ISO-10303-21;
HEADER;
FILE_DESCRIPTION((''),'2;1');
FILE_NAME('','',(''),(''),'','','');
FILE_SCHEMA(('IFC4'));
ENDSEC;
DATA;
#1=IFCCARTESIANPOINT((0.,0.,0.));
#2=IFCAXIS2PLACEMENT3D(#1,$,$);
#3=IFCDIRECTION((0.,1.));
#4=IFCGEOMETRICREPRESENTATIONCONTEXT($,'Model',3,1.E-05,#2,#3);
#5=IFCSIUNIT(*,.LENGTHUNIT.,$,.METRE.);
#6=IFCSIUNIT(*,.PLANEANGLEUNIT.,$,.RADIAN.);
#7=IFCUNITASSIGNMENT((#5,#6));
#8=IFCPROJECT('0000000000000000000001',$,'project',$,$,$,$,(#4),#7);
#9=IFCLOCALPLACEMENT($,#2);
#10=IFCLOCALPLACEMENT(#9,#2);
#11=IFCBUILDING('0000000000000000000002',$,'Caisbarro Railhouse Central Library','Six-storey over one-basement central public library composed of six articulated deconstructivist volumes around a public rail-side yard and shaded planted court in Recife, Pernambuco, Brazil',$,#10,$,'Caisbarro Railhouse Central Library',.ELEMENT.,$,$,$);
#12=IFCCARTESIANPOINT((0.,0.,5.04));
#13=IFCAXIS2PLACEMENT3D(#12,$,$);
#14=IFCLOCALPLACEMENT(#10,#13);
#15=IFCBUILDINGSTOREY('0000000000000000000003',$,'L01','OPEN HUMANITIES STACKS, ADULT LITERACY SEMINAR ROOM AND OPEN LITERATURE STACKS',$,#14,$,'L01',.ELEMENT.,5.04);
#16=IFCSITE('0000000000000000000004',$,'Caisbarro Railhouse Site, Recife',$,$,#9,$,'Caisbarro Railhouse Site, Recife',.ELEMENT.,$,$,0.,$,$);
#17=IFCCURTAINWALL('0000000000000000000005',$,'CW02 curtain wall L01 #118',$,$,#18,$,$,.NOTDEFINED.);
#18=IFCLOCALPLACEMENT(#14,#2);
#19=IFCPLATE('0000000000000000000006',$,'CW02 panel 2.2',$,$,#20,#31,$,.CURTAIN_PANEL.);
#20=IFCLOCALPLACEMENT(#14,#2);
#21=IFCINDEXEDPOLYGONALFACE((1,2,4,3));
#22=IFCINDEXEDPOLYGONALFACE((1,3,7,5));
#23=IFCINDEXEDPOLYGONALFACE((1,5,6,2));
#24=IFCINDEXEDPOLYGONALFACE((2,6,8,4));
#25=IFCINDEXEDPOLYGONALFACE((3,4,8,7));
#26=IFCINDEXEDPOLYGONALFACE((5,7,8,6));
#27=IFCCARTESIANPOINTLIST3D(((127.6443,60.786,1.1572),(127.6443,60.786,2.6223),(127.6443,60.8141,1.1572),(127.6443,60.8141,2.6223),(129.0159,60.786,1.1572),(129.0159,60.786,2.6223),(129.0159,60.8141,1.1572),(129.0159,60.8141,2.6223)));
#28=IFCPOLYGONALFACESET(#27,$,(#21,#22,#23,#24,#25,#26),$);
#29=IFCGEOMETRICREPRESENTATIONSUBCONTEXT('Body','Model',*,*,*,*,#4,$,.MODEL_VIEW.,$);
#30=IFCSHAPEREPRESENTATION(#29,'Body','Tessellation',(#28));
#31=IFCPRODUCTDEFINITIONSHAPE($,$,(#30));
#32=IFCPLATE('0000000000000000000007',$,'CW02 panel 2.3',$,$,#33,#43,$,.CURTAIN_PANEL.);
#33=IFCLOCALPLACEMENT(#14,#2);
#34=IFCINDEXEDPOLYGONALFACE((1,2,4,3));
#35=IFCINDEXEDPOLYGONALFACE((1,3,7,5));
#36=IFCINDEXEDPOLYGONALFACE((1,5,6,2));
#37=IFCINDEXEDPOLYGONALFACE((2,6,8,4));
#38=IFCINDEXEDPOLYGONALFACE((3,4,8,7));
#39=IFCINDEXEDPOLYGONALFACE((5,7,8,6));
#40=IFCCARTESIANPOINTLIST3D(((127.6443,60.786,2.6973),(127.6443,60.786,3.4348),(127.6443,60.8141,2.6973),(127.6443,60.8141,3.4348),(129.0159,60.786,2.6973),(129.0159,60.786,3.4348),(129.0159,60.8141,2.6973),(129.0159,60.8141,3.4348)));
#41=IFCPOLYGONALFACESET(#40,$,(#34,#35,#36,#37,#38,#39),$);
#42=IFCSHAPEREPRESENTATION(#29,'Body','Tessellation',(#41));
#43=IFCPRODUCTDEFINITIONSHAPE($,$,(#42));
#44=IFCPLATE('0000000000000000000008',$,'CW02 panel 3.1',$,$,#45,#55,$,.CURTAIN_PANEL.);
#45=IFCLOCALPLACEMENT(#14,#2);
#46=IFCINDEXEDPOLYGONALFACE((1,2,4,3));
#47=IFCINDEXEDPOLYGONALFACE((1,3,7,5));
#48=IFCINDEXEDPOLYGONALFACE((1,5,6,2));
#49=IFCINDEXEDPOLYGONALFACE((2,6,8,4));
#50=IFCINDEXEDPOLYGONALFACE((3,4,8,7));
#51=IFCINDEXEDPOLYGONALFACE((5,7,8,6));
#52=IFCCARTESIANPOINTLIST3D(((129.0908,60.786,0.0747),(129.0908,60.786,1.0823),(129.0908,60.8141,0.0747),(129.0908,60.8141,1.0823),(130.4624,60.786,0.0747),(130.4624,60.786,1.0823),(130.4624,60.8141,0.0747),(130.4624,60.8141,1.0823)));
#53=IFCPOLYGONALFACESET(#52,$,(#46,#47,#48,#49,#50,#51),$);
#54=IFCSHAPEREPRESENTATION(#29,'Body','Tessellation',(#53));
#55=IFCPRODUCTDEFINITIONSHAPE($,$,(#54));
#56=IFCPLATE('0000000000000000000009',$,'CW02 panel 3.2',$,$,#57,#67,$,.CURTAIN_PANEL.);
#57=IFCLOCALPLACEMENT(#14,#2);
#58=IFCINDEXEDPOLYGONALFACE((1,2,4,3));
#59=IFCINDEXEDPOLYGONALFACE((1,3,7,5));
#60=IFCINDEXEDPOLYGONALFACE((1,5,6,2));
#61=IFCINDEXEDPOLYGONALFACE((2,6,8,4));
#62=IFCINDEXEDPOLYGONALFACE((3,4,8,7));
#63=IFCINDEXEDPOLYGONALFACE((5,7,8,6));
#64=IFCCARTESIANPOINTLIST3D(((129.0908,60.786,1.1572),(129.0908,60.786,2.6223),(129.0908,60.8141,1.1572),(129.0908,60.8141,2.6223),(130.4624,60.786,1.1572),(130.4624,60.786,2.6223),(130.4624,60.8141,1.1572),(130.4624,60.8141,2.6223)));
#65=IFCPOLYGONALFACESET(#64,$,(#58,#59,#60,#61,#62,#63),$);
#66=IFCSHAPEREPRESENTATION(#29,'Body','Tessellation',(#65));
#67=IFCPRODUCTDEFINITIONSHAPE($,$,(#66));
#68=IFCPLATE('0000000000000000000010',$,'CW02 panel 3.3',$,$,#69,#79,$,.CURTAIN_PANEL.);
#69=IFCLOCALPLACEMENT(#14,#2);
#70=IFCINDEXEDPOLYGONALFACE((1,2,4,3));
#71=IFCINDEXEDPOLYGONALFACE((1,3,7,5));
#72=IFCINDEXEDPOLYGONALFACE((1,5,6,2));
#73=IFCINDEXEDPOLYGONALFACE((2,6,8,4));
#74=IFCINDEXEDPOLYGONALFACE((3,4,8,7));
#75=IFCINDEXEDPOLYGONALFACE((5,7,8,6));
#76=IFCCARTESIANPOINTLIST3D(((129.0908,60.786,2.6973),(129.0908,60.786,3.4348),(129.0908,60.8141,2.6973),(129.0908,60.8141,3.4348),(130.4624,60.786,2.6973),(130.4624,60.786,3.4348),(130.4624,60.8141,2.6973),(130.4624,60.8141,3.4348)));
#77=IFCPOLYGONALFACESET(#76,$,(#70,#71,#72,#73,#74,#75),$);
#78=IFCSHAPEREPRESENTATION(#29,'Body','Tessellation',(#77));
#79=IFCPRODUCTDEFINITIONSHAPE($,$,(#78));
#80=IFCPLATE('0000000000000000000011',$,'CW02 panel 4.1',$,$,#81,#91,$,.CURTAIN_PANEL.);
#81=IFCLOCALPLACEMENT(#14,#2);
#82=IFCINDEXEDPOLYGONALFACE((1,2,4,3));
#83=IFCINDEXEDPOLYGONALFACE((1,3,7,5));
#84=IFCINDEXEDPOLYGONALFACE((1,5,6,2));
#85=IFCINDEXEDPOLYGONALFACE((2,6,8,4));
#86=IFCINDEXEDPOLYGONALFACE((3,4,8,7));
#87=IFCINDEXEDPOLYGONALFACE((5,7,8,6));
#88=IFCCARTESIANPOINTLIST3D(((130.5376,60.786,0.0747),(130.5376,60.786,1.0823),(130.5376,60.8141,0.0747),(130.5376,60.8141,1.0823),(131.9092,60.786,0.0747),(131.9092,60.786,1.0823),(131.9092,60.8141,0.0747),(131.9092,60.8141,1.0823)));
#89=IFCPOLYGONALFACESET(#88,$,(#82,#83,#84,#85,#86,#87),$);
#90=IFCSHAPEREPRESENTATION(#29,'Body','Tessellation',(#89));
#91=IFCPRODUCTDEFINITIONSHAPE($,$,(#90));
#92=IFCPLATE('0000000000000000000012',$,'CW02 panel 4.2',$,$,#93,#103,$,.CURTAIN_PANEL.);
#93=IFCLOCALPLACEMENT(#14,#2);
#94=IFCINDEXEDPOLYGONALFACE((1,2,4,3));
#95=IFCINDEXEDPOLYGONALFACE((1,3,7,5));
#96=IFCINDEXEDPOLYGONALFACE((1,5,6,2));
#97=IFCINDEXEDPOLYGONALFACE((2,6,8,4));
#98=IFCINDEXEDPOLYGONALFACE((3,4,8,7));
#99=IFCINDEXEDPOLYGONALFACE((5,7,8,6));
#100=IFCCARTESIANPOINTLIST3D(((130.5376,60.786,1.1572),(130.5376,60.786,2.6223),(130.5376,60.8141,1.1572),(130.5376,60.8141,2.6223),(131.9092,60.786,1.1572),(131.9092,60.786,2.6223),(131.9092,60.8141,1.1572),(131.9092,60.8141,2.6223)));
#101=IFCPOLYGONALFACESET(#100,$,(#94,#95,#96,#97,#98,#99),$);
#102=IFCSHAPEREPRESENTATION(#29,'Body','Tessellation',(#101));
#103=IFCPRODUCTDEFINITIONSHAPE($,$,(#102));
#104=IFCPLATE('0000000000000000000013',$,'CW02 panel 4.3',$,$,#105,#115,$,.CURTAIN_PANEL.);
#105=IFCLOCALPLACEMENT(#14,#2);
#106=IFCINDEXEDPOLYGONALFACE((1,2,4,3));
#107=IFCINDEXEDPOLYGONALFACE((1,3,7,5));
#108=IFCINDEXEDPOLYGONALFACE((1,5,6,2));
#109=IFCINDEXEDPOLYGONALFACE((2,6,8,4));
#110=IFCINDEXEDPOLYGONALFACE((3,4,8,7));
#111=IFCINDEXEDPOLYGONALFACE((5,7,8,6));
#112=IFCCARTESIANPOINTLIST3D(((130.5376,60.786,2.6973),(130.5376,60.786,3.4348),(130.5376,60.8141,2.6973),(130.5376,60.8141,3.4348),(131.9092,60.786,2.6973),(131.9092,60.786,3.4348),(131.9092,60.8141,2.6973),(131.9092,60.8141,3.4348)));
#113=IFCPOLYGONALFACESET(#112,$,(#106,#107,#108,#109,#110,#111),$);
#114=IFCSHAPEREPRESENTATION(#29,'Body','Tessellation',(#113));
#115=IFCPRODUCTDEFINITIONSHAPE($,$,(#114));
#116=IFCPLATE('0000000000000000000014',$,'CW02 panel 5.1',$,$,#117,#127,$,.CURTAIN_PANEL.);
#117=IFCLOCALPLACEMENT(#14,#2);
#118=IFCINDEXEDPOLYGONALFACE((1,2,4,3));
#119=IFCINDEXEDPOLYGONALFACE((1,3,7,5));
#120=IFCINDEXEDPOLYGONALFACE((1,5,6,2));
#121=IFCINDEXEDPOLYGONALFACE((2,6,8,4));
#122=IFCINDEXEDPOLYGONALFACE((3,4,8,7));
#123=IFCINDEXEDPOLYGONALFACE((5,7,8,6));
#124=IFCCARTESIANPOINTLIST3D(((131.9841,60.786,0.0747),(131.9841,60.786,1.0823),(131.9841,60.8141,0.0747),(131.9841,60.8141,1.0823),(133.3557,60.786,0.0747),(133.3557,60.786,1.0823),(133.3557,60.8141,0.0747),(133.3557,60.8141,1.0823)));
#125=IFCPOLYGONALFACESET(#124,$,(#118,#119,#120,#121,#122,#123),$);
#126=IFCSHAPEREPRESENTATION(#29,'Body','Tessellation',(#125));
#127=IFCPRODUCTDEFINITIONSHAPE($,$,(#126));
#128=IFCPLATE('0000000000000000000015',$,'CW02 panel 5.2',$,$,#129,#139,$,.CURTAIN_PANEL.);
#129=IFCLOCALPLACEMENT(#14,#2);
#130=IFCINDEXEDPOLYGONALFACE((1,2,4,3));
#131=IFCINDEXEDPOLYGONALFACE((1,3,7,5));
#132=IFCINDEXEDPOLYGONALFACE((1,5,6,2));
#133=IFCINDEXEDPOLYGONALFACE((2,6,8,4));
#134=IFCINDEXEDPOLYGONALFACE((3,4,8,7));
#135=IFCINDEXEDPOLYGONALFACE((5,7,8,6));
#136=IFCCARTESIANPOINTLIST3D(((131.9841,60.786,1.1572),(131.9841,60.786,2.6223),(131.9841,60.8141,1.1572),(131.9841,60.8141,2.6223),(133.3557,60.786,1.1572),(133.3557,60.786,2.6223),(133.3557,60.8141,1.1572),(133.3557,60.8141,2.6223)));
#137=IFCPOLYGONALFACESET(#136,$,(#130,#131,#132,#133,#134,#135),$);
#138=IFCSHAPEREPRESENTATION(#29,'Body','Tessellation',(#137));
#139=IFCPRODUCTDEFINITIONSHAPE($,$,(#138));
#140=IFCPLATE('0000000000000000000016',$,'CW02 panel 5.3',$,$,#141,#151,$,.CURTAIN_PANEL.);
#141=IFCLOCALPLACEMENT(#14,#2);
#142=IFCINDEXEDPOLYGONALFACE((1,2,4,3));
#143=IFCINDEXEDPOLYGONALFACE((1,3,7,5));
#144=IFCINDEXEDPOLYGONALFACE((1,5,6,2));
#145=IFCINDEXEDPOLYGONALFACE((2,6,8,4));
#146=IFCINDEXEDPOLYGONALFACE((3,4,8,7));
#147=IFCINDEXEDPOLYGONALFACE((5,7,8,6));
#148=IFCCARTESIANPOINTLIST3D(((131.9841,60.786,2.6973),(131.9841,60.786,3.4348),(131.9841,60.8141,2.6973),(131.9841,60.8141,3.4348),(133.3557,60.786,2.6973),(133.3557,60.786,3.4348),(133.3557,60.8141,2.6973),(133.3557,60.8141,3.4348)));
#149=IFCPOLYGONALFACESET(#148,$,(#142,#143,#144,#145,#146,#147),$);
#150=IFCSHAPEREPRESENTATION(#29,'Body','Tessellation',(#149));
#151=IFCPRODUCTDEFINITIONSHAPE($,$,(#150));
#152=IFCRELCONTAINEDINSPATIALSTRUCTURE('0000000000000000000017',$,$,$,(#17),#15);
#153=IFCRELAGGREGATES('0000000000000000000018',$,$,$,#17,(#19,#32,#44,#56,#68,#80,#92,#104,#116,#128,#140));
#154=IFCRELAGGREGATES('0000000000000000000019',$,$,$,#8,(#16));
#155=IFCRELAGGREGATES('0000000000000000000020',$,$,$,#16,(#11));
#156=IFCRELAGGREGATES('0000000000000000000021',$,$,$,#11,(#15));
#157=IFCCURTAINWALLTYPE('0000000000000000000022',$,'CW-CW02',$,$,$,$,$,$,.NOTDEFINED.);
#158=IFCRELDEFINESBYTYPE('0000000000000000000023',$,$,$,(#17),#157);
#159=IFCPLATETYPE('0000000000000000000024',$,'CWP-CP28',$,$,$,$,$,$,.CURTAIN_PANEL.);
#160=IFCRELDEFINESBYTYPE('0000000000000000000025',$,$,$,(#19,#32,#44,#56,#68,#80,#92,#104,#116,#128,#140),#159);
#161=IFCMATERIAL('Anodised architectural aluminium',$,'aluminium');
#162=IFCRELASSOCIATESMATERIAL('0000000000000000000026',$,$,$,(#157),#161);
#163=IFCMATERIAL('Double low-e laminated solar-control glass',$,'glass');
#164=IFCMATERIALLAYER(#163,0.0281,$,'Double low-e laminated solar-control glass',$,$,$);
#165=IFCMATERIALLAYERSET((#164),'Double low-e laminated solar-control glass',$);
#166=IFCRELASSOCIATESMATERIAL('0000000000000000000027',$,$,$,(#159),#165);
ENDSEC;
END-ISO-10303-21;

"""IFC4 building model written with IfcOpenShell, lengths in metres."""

from ifc_helpers import new_model, si_unit, direction, frame, origin, origin_2d, place, context, subcontext, project, spatial, rectangle, extrude, material, layer, layer_set, type_object, element, aggregate, save


model = new_model("IFC4")

# Units and contexts
model_context = context("Model", 3, precision=1e-05, world=origin(), true_north=direction((0.0, 1.0)))
body_context = subcontext(model_context, "Body", "Model", "MODEL_VIEW")
ifc_project = project(units=[si_unit("LENGTHUNIT", "METRE"), si_unit("PLANEANGLEUNIT", "RADIAN")], contexts=[model_context])

# Site, building, storey
site_placement = place(None, origin())
site = spatial("IfcSite", under=ifc_project, at=site_placement, Name="Caisbarro Railhouse Site, Recife", LongName="Caisbarro Railhouse Site, Recife", CompositionType="ELEMENT", RefElevation=0.0)
building_placement = place(site_placement, origin())
building = spatial("IfcBuilding", under=site, at=building_placement, Name="Caisbarro Railhouse Central Library", Description="Six-storey over one-basement central public library composed of six articulated deconstructivist volumes around a public rail-side yard and shaded planted court in Recife, Pernambuco, Brazil", LongName="Caisbarro Railhouse Central Library", CompositionType="ELEMENT")
storey_placement = place(building_placement, frame((0.0, 0.0, 5.04)))
storey = spatial("IfcBuildingStorey", under=building, at=storey_placement, Name="L01", Description="OPEN HUMANITIES STACKS, ADULT LITERACY SEMINAR ROOM AND OPEN LITERATURE STACKS", LongName="L01", CompositionType="ELEMENT", Elevation=5.04)

# Curtain wall, plates
ifc_material_1 = material(Name="Anodised architectural aluminium", Category="aluminium")
curtain_wall_type = type_object("IfcCurtainWallType", Name="CW-CW02", PredefinedType="NOTDEFINED", material=ifc_material_1)
curtain_wall_placement = place(storey_placement, origin())
curtain_wall = element("IfcCurtainWall", 1, at=curtain_wall_placement, inside=storey, type_object=curtain_wall_type, Name="CW02 curtain wall L01 #118", PredefinedType="NOTDEFINED")
ifc_material_2 = material(Name="Double low-e laminated solar-control glass", Category="glass")
ifc_layer = layer(ifc_material_2, 0.0281, Name="Double low-e laminated solar-control glass")
ifc_layer_set = layer_set([ifc_layer], Name="Double low-e laminated solar-control glass")
plate_type = type_object("IfcPlateType", Name="CWP-CP28", PredefinedType="CURTAIN_PANEL", material=ifc_layer_set)
plate_1_placement = place(storey_placement, frame((128.3301, 60.8, 1.1572), z_axis=(0.0, 0.0, 1.0), x_axis=(1.0, 0.0, 0.0)))
plate_1 = element("IfcPlate", 2, at=plate_1_placement, type_object=plate_type, Name="CW02 panel 2.2", PredefinedType="CURTAIN_PANEL", context=body_context, shape_type="SweptSolid", body=[
    extrude(rectangle(XDim=1.3716, YDim=0.0281, at=origin_2d()), origin(), (0.0, 0.0, 1.0), 1.4651),
])
plate_2_placement = place(storey_placement, frame((128.3301, 60.8, 2.6973), z_axis=(0.0, 0.0, 1.0), x_axis=(1.0, 0.0, 0.0)))
plate_2 = element("IfcPlate", 3, at=plate_2_placement, type_object=plate_type, Name="CW02 panel 2.3", PredefinedType="CURTAIN_PANEL", context=body_context, shape_type="SweptSolid", body=[
    extrude(rectangle(XDim=1.3716, YDim=0.0281, at=origin_2d()), origin(), (0.0, 0.0, 1.0), 0.7375),
])
plate_3_placement = place(storey_placement, frame((129.7766, 60.8, 0.0747), z_axis=(0.0, 0.0, 1.0), x_axis=(1.0, 0.0, 0.0)))
plate_3 = element("IfcPlate", 4, at=plate_3_placement, type_object=plate_type, Name="CW02 panel 3.1", PredefinedType="CURTAIN_PANEL", context=body_context, shape_type="SweptSolid", body=[
    extrude(rectangle(XDim=1.3716, YDim=0.0281, at=origin_2d()), origin(), (0.0, 0.0, 1.0), 1.0076),
])
plate_4_placement = place(storey_placement, frame((129.7766, 60.8, 1.1572), z_axis=(0.0, 0.0, 1.0), x_axis=(1.0, 0.0, 0.0)))
plate_4 = element("IfcPlate", 5, at=plate_4_placement, type_object=plate_type, Name="CW02 panel 3.2", PredefinedType="CURTAIN_PANEL", context=body_context, shape_type="SweptSolid", body=[
    extrude(rectangle(XDim=1.3716, YDim=0.0281, at=origin_2d()), origin(), (0.0, 0.0, 1.0), 1.4651),
])
plate_5_placement = place(storey_placement, frame((129.7766, 60.8, 2.6973), z_axis=(0.0, 0.0, 1.0), x_axis=(1.0, 0.0, 0.0)))
plate_5 = element("IfcPlate", 6, at=plate_5_placement, type_object=plate_type, Name="CW02 panel 3.3", PredefinedType="CURTAIN_PANEL", context=body_context, shape_type="SweptSolid", body=[
    extrude(rectangle(XDim=1.3716, YDim=0.0281, at=origin_2d()), origin(), (0.0, 0.0, 1.0), 0.7375),
])
plate_6_placement = place(storey_placement, frame((131.2234, 60.8, 0.0747), z_axis=(0.0, 0.0, 1.0), x_axis=(1.0, 0.0, 0.0)))
plate_6 = element("IfcPlate", 7, at=plate_6_placement, type_object=plate_type, Name="CW02 panel 4.1", PredefinedType="CURTAIN_PANEL", context=body_context, shape_type="SweptSolid", body=[
    extrude(rectangle(XDim=1.3716, YDim=0.0281, at=origin_2d()), origin(), (0.0, 0.0, 1.0), 1.0076),
])
plate_7_placement = place(storey_placement, frame((131.2234, 60.8, 1.1572), z_axis=(0.0, 0.0, 1.0), x_axis=(1.0, 0.0, 0.0)))
plate_7 = element("IfcPlate", 8, at=plate_7_placement, type_object=plate_type, Name="CW02 panel 4.2", PredefinedType="CURTAIN_PANEL", context=body_context, shape_type="SweptSolid", body=[
    extrude(rectangle(XDim=1.3716, YDim=0.0281, at=origin_2d()), origin(), (0.0, 0.0, 1.0), 1.4651),
])
plate_8_placement = place(storey_placement, frame((131.2234, 60.8, 2.6973), z_axis=(0.0, 0.0, 1.0), x_axis=(1.0, 0.0, 0.0)))
plate_8 = element("IfcPlate", 9, at=plate_8_placement, type_object=plate_type, Name="CW02 panel 4.3", PredefinedType="CURTAIN_PANEL", context=body_context, shape_type="SweptSolid", body=[
    extrude(rectangle(XDim=1.3716, YDim=0.0281, at=origin_2d()), origin(), (0.0, 0.0, 1.0), 0.7375),
])
plate_9_placement = place(storey_placement, frame((132.6699, 60.8, 0.0747), z_axis=(0.0, 0.0, 1.0), x_axis=(1.0, 0.0, 0.0)))
plate_9 = element("IfcPlate", 10, at=plate_9_placement, type_object=plate_type, Name="CW02 panel 5.1", PredefinedType="CURTAIN_PANEL", context=body_context, shape_type="SweptSolid", body=[
    extrude(rectangle(XDim=1.3716, YDim=0.0281, at=origin_2d()), origin(), (0.0, 0.0, 1.0), 1.0076),
])
plate_10_placement = place(storey_placement, frame((132.6699, 60.8, 1.1572), z_axis=(0.0, 0.0, 1.0), x_axis=(1.0, 0.0, 0.0)))
plate_10 = element("IfcPlate", 11, at=plate_10_placement, type_object=plate_type, Name="CW02 panel 5.2", PredefinedType="CURTAIN_PANEL", context=body_context, shape_type="SweptSolid", body=[
    extrude(rectangle(XDim=1.3716, YDim=0.0281, at=origin_2d()), origin(), (0.0, 0.0, 1.0), 1.4651),
])
plate_11_placement = place(storey_placement, frame((132.6699, 60.8, 2.6973), z_axis=(0.0, 0.0, 1.0), x_axis=(1.0, 0.0, 0.0)))
plate_11 = element("IfcPlate", 12, at=plate_11_placement, type_object=plate_type, Name="CW02 panel 5.3", PredefinedType="CURTAIN_PANEL", context=body_context, shape_type="SweptSolid", body=[
    extrude(rectangle(XDim=1.3716, YDim=0.0281, at=origin_2d()), origin(), (0.0, 0.0, 1.0), 0.7375),
])
aggregate(curtain_wall, [plate_1, plate_2, plate_3, plate_4, plate_5, plate_6, plate_7, plate_8, plate_9, plate_10, plate_11])

save(model, "model.ifc")
